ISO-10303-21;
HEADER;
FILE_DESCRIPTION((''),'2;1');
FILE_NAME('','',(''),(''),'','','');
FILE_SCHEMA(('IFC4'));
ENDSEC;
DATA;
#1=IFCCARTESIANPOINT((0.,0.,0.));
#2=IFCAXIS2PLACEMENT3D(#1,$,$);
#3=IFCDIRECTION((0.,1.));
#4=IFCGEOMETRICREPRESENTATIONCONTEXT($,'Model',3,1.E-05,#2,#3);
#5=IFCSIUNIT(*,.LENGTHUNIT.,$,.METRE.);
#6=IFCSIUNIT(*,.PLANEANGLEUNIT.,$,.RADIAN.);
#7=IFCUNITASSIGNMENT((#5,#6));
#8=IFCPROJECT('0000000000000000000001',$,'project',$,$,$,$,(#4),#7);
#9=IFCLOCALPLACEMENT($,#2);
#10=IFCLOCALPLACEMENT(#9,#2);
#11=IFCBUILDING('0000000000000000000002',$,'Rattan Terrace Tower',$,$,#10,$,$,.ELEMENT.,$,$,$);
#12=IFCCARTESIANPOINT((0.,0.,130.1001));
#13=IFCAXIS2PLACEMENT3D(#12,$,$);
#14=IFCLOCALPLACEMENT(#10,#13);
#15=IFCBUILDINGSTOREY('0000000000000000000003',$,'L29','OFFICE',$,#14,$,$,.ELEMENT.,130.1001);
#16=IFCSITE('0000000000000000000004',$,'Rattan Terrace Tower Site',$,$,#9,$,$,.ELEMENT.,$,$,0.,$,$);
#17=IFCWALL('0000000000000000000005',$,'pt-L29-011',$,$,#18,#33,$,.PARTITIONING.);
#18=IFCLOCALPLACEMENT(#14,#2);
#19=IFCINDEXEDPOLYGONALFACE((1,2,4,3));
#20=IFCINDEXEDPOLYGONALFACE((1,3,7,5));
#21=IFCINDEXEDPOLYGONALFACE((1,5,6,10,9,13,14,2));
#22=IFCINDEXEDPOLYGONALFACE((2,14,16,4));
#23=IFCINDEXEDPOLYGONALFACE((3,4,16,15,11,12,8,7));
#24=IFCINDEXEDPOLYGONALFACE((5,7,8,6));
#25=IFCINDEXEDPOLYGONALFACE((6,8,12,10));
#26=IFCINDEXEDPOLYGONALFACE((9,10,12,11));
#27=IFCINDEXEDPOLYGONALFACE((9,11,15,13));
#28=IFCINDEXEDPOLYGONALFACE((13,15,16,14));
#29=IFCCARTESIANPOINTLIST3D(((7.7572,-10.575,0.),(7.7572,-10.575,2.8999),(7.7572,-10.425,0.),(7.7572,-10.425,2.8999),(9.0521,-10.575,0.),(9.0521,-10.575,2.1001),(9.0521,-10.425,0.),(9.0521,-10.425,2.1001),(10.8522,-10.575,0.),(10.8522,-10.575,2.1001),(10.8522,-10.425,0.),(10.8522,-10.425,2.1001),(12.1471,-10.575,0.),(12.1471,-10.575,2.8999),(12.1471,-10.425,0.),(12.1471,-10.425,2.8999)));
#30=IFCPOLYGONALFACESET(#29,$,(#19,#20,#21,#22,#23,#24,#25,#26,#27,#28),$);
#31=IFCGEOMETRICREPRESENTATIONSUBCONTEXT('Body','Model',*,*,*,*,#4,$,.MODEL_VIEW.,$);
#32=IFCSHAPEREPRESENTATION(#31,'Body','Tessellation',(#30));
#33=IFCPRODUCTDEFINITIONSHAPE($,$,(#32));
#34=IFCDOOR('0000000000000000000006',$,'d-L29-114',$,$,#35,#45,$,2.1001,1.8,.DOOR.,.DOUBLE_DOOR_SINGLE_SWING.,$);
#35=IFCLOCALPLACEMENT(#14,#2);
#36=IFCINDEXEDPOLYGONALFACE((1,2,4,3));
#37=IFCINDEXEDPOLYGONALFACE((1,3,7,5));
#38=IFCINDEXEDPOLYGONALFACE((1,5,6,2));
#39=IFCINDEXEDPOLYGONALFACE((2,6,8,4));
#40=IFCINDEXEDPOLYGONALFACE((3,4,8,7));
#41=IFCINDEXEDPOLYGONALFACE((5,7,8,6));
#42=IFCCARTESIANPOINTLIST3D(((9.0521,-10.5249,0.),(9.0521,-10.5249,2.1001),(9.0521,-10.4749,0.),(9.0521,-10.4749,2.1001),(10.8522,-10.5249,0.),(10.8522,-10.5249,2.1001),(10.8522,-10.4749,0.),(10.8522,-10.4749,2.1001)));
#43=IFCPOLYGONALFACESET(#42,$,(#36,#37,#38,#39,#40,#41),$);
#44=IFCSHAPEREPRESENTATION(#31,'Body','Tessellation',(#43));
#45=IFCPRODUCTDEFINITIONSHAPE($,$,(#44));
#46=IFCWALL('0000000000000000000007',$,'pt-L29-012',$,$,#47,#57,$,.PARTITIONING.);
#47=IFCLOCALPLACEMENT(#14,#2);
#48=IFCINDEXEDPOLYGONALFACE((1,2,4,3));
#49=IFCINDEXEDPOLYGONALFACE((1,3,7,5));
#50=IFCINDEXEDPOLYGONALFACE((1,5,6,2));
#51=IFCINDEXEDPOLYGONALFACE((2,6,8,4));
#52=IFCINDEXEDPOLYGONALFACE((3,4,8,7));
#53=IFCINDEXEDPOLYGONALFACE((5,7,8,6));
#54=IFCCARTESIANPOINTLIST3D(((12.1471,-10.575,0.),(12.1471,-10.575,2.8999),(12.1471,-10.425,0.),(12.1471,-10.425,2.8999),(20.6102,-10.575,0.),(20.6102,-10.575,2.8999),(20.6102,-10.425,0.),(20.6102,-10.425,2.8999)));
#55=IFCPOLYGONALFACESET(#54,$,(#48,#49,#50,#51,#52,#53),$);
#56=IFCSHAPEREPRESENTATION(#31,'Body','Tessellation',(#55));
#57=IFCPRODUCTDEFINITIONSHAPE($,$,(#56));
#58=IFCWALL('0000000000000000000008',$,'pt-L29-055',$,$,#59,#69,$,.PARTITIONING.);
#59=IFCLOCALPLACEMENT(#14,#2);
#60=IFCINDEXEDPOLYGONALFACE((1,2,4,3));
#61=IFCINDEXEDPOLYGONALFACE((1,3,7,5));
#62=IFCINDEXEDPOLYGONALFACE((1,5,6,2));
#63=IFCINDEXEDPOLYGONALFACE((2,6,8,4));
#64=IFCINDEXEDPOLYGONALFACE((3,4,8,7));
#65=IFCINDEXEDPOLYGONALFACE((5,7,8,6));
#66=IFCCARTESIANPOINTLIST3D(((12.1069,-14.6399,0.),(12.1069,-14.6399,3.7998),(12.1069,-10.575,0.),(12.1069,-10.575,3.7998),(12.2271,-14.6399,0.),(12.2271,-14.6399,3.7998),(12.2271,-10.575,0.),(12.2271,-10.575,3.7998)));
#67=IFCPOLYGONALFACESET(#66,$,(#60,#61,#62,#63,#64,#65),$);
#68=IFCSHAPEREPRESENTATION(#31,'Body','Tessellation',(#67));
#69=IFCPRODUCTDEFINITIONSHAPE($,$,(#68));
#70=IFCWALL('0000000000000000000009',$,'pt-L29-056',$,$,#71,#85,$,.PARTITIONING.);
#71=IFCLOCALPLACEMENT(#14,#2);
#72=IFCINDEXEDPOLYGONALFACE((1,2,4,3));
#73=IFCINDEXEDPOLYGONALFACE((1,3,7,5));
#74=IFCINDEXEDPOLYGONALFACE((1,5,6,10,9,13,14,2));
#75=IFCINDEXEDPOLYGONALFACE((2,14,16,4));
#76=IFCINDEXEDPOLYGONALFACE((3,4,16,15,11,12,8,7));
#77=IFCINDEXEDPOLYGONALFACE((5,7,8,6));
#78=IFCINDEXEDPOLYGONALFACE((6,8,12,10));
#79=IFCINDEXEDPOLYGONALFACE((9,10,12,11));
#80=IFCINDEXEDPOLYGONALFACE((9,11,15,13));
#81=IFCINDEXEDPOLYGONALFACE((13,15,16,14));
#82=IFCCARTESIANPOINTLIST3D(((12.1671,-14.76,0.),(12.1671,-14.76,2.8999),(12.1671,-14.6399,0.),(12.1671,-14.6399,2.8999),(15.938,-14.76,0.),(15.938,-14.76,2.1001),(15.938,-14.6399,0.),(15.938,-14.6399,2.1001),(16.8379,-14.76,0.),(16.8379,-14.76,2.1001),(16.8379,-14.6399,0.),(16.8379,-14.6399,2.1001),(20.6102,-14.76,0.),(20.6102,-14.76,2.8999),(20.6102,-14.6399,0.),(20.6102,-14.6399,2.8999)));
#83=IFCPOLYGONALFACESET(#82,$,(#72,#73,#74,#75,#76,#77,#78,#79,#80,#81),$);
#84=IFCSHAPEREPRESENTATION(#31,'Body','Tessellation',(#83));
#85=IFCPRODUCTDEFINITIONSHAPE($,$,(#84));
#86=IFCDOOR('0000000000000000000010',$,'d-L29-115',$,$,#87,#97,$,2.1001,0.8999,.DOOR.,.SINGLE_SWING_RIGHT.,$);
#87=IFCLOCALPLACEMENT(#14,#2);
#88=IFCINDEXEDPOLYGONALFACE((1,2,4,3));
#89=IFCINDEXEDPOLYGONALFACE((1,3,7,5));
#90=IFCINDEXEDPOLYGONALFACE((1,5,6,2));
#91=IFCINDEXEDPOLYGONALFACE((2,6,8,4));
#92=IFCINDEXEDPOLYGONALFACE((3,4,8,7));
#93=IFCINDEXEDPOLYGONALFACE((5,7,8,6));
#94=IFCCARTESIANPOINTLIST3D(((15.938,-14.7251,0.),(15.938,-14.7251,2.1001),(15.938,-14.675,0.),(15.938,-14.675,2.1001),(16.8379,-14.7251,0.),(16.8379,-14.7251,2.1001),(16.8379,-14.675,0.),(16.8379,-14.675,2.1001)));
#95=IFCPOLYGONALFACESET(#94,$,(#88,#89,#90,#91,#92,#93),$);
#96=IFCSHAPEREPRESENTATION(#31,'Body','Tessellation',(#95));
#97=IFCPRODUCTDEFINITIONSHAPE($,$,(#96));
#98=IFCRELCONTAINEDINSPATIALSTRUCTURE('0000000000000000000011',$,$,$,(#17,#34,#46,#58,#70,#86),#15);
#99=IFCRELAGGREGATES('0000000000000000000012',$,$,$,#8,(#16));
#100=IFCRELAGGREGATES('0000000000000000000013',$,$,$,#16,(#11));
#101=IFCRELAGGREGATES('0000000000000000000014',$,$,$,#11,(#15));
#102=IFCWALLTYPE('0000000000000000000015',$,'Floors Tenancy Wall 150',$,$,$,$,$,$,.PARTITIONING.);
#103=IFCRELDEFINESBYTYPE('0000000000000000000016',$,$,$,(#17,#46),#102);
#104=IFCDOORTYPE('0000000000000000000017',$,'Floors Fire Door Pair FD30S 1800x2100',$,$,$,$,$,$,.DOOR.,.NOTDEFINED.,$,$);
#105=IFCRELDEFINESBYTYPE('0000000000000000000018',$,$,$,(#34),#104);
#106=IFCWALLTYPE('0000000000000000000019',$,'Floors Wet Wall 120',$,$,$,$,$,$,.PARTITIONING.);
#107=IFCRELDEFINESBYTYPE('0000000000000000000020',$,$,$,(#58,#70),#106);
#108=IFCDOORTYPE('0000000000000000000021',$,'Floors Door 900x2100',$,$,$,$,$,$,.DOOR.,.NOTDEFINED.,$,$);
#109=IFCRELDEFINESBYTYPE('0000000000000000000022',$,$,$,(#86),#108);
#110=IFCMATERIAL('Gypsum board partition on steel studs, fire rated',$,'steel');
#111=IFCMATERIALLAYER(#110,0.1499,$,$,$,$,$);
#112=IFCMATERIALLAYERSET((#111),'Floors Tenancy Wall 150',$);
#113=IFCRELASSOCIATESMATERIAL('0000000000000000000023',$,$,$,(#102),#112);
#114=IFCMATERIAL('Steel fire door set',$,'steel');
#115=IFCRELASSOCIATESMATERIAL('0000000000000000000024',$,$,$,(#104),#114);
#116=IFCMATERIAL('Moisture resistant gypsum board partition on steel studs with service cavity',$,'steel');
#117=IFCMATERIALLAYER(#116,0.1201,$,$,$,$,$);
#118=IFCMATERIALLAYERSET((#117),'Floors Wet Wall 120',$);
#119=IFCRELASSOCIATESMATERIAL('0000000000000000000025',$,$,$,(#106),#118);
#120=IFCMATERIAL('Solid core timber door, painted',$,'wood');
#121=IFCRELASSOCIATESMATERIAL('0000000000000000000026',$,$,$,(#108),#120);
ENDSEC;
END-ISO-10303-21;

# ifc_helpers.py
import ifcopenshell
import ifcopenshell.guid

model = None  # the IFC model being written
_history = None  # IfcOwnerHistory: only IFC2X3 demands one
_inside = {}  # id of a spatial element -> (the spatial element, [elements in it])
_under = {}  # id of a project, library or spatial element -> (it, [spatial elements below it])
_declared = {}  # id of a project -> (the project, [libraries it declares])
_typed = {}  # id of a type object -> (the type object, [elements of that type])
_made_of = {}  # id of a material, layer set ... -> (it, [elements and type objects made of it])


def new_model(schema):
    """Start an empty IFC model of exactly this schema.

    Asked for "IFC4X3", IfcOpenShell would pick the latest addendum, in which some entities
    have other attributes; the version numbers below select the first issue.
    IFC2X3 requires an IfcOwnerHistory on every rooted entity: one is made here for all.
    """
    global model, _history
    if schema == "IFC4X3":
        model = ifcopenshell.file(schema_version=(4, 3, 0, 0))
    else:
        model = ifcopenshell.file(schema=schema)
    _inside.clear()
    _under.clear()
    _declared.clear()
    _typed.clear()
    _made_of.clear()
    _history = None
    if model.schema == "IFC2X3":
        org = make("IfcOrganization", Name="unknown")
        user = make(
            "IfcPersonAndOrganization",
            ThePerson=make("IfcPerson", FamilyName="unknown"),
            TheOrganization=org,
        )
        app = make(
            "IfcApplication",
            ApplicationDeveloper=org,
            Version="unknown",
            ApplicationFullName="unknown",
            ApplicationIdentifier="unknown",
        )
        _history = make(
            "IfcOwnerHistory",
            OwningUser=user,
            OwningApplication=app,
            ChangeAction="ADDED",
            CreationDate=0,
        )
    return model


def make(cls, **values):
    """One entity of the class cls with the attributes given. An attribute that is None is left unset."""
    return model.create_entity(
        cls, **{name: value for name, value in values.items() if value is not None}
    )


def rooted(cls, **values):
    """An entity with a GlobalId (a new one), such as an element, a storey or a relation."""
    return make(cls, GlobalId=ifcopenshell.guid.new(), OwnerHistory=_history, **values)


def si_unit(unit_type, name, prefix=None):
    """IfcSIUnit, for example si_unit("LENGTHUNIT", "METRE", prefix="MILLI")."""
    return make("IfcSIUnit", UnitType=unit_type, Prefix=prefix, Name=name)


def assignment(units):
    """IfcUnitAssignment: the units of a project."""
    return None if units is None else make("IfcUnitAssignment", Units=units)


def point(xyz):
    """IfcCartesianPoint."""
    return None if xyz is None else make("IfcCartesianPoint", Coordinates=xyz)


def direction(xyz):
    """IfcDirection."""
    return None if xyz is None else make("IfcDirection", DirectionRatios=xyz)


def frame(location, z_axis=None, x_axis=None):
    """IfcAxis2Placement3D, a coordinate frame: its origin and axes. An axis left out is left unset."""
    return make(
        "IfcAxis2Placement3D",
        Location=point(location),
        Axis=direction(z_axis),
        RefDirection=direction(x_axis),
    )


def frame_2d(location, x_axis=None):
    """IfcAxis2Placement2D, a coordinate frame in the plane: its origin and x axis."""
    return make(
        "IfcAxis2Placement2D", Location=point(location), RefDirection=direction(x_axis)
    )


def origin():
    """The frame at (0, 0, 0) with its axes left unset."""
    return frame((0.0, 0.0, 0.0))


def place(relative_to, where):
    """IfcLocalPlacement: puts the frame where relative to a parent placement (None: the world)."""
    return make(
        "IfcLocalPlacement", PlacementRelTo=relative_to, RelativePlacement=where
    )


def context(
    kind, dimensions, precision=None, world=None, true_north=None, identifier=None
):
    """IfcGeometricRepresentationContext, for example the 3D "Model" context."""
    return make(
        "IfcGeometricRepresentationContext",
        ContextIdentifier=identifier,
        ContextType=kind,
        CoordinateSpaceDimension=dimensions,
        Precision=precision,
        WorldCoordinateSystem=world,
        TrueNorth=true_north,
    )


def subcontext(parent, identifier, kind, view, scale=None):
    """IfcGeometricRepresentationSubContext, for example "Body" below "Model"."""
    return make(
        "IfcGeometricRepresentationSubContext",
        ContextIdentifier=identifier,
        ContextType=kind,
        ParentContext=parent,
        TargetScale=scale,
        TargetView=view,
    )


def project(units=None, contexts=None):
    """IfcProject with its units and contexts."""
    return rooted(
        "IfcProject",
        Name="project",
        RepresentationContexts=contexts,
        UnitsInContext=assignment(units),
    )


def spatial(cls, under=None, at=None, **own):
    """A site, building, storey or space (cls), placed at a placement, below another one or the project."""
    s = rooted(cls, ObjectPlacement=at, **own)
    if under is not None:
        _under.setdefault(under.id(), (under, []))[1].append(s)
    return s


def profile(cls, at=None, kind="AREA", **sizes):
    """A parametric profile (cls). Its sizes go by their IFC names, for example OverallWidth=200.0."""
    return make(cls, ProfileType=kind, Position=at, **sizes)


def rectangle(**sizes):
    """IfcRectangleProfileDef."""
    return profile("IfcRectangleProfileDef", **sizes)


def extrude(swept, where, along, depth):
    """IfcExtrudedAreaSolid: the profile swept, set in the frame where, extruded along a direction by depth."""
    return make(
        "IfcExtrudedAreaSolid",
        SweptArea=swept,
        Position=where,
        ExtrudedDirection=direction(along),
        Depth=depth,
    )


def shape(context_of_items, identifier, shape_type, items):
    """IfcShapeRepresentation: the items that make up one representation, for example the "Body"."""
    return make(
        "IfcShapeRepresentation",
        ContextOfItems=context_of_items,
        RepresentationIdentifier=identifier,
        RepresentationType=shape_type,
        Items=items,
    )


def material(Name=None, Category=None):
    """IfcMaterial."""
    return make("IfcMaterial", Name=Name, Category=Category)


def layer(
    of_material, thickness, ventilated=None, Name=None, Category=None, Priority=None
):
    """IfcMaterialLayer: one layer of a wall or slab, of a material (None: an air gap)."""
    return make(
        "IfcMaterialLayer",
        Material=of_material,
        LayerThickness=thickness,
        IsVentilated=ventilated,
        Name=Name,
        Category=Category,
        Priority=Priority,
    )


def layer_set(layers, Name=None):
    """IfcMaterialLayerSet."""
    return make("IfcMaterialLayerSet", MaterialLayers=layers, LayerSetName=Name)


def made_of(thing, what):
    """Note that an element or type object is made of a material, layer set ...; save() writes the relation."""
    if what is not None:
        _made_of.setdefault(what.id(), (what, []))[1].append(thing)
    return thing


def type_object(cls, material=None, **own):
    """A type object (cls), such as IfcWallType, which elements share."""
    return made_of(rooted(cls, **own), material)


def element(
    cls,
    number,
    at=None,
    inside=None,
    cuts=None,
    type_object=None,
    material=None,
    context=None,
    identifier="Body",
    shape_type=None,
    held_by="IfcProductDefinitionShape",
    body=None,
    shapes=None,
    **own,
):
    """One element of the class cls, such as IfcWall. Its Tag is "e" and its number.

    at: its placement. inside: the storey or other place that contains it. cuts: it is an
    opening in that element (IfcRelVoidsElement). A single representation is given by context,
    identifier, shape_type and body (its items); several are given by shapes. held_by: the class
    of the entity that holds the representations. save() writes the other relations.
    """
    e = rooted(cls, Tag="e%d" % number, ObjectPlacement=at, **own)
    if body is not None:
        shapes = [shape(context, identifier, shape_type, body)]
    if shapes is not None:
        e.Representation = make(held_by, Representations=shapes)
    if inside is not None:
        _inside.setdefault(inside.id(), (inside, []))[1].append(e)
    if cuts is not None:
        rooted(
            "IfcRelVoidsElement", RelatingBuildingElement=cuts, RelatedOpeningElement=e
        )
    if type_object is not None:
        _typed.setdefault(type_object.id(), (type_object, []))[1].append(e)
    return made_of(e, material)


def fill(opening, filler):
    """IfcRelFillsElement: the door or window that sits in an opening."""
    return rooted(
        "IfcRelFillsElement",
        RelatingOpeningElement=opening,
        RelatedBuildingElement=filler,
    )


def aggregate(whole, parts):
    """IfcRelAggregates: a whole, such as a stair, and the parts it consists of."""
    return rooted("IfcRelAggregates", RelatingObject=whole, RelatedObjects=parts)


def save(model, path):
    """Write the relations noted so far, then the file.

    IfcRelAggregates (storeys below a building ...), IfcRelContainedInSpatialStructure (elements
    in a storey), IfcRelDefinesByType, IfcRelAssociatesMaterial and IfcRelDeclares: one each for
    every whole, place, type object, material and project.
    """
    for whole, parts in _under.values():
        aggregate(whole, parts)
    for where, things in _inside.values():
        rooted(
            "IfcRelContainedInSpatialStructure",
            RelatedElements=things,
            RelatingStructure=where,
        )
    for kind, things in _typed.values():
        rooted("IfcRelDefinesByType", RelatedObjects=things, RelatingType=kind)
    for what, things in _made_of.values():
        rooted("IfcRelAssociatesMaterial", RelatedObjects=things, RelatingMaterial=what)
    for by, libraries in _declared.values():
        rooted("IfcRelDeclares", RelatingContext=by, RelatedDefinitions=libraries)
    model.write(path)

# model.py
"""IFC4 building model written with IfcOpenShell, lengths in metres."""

from ifc_helpers import new_model, si_unit, direction, frame, frame_2d, origin, place, context, subcontext, project, spatial, rectangle, extrude, material, layer, layer_set, type_object, element, fill, save


model = new_model("IFC4")

# Units and contexts
model_context = context("Model", 3, precision=1e-05, world=origin(), true_north=direction((0.0, 1.0)))
body_context = subcontext(model_context, "Body", "Model", "MODEL_VIEW")
ifc_project = project(units=[si_unit("LENGTHUNIT", "METRE"), si_unit("PLANEANGLEUNIT", "RADIAN")], contexts=[model_context])

# Site, building, storey
site_placement = place(None, origin())
site = spatial("IfcSite", under=ifc_project, at=site_placement, Name="Rattan Terrace Tower Site", CompositionType="ELEMENT", RefElevation=0.0)
building_placement = place(site_placement, origin())
building = spatial("IfcBuilding", under=site, at=building_placement, Name="Rattan Terrace Tower", CompositionType="ELEMENT")
storey_placement = place(building_placement, frame((0.0, 0.0, 130.1001)))
storey = spatial("IfcBuildingStorey", under=building, at=storey_placement, Name="L29", Description="OFFICE", CompositionType="ELEMENT", Elevation=130.1001)

# Wall, opening, door
ifc_material_1 = material(Name="Gypsum board partition on steel studs, fire rated", Category="steel")
ifc_layer_1 = layer(ifc_material_1, 0.1499)
ifc_layer_set_1 = layer_set([ifc_layer_1], Name="Floors Tenancy Wall 150")
wall_type_1 = type_object("IfcWallType", Name="Floors Tenancy Wall 150", PredefinedType="PARTITIONING", material=ifc_layer_set_1)
wall_1_placement = place(storey_placement, frame((12.147, -10.5, 0.0), z_axis=(0.0, 0.0, 1.0), x_axis=(-1.0, 0.0, 0.0)))
wall_1 = element("IfcWall", 1, at=wall_1_placement, inside=storey, type_object=wall_type_1, Name="pt-L29-011", PredefinedType="PARTITIONING", context=body_context, shape_type="SweptSolid", body=[
    extrude(rectangle(XDim=4.3899, YDim=0.1499, at=frame_2d((2.1948, 0.0))), origin(), (0.0, 0.0, 1.0), 2.8999),
])
opening_1_placement = place(wall_1_placement, frame((1.2949, 0.0, 0.0)))
opening_1 = element("IfcOpeningElement", 2, at=opening_1_placement, cuts=wall_1, PredefinedType="OPENING", context=body_context, shape_type="SweptSolid", body=[
    extrude(rectangle(XDim=1.8, YDim=2.1001, at=frame_2d((0.8999, 1.05))), frame((0.0, 0.0854, 0.0), z_axis=(0.0, -1.0, 0.0), x_axis=(1.0, 0.0, 0.0)), (0.0, 0.0, 1.0), 0.1709),
])
ifc_material_2 = material(Name="Steel fire door set", Category="steel")
door_type_1 = type_object("IfcDoorType", Name="Floors Fire Door Pair FD30S 1800x2100", OperationType="NOTDEFINED", PredefinedType="DOOR", material=ifc_material_2)
door_1_placement = place(opening_1_placement, origin())
door_1 = element("IfcDoor", 3, at=door_1_placement, inside=storey, type_object=door_type_1, Name="d-L29-114", OperationType="DOUBLE_DOOR_SINGLE_SWING", OverallHeight=2.1001, OverallWidth=1.8, PredefinedType="DOOR", context=body_context, shape_type="SweptSolid", body=[
    extrude(rectangle(XDim=1.8, YDim=2.1001, at=frame_2d((0.8999, 1.05))), frame((0.0, 0.0249, 0.0), z_axis=(0.0, -1.0, 0.0), x_axis=(1.0, 0.0, 0.0)), (0.0, 0.0, 1.0), 0.05),
])
fill(opening_1, door_1)

# Walls
wall_2_placement = place(storey_placement, frame((20.6101, -10.5, 0.0), z_axis=(0.0, 0.0, 1.0), x_axis=(-1.0, 0.0, 0.0)))
element("IfcWall", 4, at=wall_2_placement, inside=storey, type_object=wall_type_1, Name="pt-L29-012", PredefinedType="PARTITIONING", context=body_context, shape_type="SweptSolid", body=[
    extrude(rectangle(XDim=8.4631, YDim=0.1499, at=frame_2d((4.2314, 0.0))), origin(), (0.0, 0.0, 1.0), 2.8999),
])
ifc_material_3 = material(Name="Moisture resistant gypsum board partition on steel studs with service cavity", Category="steel")
ifc_layer_2 = layer(ifc_material_3, 0.1201)
ifc_layer_set_2 = layer_set([ifc_layer_2], Name="Floors Wet Wall 120")
wall_type_2 = type_object("IfcWallType", Name="Floors Wet Wall 120", PredefinedType="PARTITIONING", material=ifc_layer_set_2)
wall_3_placement = place(storey_placement, frame((12.167, -10.575, 0.0), z_axis=(0.0, 0.0, 1.0), x_axis=(0.0, -1.0, 0.0)))
element("IfcWall", 5, at=wall_3_placement, inside=storey, type_object=wall_type_2, Name="pt-L29-055", PredefinedType="PARTITIONING", context=body_context, shape_type="SweptSolid", body=[
    extrude(rectangle(XDim=4.0649, YDim=0.1201, at=frame_2d((2.0325, 0.0))), origin(), (0.0, 0.0, 1.0), 3.7998),
])

# Wall, opening, door
wall_4_placement = place(storey_placement, frame((12.167, -14.7, 0.0), z_axis=(0.0, 0.0, 1.0), x_axis=(1.0, 0.0, 0.0)))
wall_4 = element("IfcWall", 6, at=wall_4_placement, inside=storey, type_object=wall_type_2, Name="pt-L29-056", PredefinedType="PARTITIONING", context=body_context, shape_type="SweptSolid", body=[
    extrude(rectangle(XDim=8.4431, YDim=0.1201, at=frame_2d((4.2217, 0.0))), origin(), (0.0, 0.0, 1.0), 2.8999),
])
opening_2_placement = place(wall_4_placement, frame((3.771, 0.0, 0.0)))
opening_2 = element("IfcOpeningElement", 7, at=opening_2_placement, cuts=wall_4, PredefinedType="OPENING", context=body_context, shape_type="SweptSolid", body=[
    extrude(rectangle(XDim=0.8999, YDim=2.1001, at=frame_2d((0.45, 1.05))), frame((0.0, 0.0706, 0.0), z_axis=(0.0, -1.0, 0.0), x_axis=(1.0, 0.0, 0.0)), (0.0, 0.0, 1.0), 0.1411),
])
ifc_material_4 = material(Name="Solid core timber door, painted", Category="wood")
door_type_2 = type_object("IfcDoorType", Name="Floors Door 900x2100", OperationType="NOTDEFINED", PredefinedType="DOOR", material=ifc_material_4)
door_2_placement = place(opening_2_placement, origin())
door_2 = element("IfcDoor", 8, at=door_2_placement, inside=storey, type_object=door_type_2, Name="d-L29-115", OperationType="SINGLE_SWING_RIGHT", OverallHeight=2.1001, OverallWidth=0.8999, PredefinedType="DOOR", context=body_context, shape_type="SweptSolid", body=[
    extrude(rectangle(XDim=0.8999, YDim=2.1001, at=frame_2d((0.45, 1.05))), frame((0.0, 0.0249, 0.0), z_axis=(0.0, -1.0, 0.0), x_axis=(1.0, 0.0, 0.0)), (0.0, 0.0, 1.0), 0.05),
])
fill(opening_2, door_2)

save(model, "model.ifc")
